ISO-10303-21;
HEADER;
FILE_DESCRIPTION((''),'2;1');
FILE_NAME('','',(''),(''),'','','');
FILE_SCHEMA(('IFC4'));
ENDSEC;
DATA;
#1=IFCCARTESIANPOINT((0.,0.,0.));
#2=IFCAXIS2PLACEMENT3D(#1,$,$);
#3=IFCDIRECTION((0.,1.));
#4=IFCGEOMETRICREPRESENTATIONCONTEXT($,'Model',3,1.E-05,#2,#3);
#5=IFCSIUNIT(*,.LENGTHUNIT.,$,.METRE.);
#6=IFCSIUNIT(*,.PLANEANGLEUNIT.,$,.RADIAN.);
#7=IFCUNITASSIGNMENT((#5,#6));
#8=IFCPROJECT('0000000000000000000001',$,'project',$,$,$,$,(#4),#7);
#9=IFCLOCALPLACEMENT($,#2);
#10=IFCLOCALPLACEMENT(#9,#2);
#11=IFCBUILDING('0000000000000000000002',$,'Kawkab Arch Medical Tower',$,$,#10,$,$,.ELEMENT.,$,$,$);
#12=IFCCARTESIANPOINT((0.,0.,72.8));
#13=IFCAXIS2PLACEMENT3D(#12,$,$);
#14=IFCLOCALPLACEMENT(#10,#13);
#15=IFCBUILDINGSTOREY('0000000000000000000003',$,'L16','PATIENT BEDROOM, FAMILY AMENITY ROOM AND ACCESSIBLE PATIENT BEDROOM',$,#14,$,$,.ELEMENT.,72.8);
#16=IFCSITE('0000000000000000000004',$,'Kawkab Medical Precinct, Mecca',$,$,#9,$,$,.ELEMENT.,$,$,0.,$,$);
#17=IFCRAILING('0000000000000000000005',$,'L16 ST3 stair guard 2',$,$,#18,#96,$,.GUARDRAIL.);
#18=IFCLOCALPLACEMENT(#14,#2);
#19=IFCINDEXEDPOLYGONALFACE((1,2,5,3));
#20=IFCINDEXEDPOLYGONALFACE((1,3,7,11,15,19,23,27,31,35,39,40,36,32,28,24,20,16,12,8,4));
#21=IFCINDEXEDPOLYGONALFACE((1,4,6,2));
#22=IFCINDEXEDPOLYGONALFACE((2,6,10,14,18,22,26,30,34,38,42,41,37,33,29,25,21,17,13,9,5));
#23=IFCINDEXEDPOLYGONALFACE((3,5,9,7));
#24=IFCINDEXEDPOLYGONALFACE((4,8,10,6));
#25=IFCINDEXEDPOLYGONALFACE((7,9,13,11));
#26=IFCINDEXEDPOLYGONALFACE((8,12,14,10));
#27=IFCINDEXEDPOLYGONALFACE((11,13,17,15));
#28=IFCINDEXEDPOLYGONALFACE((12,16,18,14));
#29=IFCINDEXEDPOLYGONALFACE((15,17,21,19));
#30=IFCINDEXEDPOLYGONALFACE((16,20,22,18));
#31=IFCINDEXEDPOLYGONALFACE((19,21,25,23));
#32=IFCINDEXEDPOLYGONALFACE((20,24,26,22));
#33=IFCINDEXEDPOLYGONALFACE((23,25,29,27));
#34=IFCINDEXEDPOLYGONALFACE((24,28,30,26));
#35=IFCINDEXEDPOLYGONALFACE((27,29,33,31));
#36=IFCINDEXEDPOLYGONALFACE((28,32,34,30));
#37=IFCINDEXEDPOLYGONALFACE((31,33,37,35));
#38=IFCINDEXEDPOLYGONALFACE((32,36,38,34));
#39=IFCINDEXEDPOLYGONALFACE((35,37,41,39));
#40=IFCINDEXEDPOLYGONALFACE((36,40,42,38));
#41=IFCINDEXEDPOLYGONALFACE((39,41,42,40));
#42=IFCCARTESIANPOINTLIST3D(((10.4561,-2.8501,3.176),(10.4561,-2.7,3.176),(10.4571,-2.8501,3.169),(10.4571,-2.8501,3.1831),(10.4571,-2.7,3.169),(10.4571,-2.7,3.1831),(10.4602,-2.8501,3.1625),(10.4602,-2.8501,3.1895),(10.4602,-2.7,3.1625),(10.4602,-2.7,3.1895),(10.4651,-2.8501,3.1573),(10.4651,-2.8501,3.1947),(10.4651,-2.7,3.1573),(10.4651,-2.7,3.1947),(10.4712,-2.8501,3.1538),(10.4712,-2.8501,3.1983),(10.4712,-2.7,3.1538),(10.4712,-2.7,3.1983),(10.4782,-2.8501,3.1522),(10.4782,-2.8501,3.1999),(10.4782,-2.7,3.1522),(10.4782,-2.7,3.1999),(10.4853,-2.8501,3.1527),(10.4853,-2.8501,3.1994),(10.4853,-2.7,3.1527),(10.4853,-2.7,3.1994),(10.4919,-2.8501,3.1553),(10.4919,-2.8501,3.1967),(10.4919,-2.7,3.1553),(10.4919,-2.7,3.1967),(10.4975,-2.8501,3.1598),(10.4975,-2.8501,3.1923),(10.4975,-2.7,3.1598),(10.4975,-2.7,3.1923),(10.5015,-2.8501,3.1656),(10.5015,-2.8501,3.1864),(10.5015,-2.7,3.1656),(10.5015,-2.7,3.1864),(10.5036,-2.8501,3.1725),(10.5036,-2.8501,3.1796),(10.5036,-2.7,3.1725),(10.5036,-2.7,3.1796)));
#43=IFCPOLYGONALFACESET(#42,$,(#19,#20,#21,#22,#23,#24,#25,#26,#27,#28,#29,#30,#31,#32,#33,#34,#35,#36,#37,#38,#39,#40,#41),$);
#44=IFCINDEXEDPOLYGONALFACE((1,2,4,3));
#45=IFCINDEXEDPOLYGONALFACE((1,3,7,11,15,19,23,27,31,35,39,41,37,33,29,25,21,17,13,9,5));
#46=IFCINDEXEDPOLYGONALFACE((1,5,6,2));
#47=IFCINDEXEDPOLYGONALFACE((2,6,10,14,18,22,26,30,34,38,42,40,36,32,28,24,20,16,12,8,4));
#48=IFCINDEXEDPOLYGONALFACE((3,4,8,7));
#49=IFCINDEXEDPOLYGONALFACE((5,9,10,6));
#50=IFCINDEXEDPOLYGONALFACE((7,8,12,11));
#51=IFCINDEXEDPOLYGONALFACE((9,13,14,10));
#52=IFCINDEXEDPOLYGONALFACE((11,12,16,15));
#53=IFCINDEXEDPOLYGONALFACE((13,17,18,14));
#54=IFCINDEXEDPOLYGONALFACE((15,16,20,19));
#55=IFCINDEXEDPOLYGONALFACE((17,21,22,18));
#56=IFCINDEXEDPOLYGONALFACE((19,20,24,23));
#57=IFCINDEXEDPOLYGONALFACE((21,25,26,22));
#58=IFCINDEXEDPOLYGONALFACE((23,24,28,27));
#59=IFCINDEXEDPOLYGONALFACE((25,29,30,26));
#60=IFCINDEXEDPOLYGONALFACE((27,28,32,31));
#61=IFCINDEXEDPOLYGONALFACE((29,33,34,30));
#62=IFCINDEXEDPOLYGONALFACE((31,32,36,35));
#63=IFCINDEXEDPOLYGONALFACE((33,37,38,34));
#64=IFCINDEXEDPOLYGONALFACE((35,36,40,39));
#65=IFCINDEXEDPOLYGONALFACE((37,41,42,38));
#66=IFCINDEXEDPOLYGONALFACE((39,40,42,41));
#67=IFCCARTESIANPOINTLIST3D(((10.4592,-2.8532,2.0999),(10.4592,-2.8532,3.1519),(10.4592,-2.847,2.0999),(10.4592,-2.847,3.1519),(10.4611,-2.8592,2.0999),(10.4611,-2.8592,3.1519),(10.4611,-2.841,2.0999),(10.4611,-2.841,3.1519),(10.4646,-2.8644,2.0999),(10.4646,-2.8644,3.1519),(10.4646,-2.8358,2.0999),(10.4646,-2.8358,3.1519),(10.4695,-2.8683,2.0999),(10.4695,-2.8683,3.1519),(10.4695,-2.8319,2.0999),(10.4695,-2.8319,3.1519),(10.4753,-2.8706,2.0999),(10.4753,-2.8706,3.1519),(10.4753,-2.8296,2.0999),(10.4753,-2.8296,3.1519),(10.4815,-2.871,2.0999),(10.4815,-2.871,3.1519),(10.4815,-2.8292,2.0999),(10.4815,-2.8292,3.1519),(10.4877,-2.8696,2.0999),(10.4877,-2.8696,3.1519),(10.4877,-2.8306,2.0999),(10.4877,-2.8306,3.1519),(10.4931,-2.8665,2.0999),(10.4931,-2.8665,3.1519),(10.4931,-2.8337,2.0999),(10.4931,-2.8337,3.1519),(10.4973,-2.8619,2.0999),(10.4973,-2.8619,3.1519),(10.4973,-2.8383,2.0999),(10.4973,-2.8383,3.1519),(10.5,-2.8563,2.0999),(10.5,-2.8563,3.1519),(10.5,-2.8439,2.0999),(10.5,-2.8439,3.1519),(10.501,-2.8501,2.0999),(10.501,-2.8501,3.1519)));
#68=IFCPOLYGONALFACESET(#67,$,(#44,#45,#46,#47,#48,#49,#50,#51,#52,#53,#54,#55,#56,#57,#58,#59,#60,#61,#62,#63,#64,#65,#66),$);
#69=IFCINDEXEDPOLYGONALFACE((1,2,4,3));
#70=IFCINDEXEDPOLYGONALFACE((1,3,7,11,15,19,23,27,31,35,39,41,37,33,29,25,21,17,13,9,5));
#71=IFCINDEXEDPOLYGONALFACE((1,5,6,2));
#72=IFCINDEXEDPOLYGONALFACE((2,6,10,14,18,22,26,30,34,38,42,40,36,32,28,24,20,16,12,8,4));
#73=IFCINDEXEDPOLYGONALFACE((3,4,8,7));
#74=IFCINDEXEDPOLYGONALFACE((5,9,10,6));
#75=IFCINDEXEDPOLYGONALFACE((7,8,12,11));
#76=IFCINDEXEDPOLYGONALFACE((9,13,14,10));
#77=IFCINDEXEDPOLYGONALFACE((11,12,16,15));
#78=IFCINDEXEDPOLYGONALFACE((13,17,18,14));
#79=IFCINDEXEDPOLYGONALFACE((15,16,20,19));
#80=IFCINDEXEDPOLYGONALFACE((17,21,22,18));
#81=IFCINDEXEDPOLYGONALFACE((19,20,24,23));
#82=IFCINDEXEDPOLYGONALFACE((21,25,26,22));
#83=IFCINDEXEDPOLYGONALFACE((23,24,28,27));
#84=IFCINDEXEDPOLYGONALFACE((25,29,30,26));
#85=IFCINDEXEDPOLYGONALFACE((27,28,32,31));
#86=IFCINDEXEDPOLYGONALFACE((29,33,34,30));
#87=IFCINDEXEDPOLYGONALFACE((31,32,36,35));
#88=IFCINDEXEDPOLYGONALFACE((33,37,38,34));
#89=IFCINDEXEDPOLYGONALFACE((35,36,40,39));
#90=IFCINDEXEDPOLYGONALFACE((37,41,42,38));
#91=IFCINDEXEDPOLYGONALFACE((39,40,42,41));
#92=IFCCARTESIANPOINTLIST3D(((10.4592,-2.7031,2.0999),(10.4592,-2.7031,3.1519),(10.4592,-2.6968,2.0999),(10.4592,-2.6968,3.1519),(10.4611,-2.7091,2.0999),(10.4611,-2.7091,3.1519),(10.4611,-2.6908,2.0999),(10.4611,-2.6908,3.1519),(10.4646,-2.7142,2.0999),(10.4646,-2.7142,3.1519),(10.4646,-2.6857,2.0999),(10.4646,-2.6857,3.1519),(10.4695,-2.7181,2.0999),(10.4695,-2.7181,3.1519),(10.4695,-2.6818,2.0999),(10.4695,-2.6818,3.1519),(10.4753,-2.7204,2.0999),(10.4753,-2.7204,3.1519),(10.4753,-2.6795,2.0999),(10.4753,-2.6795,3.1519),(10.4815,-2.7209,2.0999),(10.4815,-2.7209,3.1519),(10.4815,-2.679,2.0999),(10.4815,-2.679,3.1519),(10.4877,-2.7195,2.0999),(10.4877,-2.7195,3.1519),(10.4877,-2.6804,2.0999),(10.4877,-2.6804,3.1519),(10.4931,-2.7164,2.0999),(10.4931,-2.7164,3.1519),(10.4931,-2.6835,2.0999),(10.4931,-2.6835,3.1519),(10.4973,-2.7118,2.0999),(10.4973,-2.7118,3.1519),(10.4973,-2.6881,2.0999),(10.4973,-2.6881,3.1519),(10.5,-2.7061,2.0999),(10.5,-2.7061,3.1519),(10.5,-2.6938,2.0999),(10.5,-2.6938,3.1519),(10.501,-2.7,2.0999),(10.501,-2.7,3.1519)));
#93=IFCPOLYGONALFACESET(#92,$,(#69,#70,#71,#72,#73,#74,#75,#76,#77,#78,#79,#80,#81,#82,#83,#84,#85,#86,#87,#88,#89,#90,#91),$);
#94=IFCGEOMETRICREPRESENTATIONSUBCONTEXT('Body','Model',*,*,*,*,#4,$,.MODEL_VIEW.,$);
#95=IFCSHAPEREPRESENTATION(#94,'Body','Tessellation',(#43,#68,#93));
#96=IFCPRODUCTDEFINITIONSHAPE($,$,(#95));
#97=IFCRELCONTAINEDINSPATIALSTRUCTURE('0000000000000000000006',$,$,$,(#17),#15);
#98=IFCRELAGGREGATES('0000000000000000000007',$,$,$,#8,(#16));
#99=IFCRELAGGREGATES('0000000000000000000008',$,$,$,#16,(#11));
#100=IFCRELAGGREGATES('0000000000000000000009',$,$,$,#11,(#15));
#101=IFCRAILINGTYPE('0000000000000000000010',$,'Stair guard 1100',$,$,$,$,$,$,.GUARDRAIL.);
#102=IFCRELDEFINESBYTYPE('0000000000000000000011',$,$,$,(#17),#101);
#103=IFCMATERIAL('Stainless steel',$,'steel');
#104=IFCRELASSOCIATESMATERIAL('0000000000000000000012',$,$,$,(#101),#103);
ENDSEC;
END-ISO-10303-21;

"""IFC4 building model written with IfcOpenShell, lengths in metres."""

from ifc_helpers import new_model, si_unit, direction, frame, origin, origin_2d, place, context, subcontext, project, spatial, circle, extrude, material, type_object, element, save


model = new_model("IFC4")

# Units and contexts
model_context = context("Model", 3, precision=1e-05, world=origin(), true_north=direction((0.0, 1.0)))
body_context = subcontext(model_context, "Body", "Model", "MODEL_VIEW")
ifc_project = project(units=[si_unit("LENGTHUNIT", "METRE"), si_unit("PLANEANGLEUNIT", "RADIAN")], contexts=[model_context])

# Site, building, storey
site_placement = place(None, origin())
site = spatial("IfcSite", under=ifc_project, at=site_placement, Name="Kawkab Medical Precinct, Mecca", CompositionType="ELEMENT", RefElevation=0.0)
building_placement = place(site_placement, origin())
building = spatial("IfcBuilding", under=site, at=building_placement, Name="Kawkab Arch Medical Tower", CompositionType="ELEMENT")
storey_placement = place(building_placement, frame((0.0, 0.0, 72.8)))
storey = spatial("IfcBuildingStorey", under=building, at=storey_placement, Name="L16", Description="PATIENT BEDROOM, FAMILY AMENITY ROOM AND ACCESSIBLE PATIENT BEDROOM", CompositionType="ELEMENT", Elevation=72.8)

# Railing
ifc_material_1 = material(Name="Stainless steel", Category="steel")
railing_type_1 = type_object("IfcRailingType", Name="Stair guard 1100", PredefinedType="GUARDRAIL", material=ifc_material_1)
railing_1_placement = place(storey_placement, frame((10.48, -2.8501, 2.0999)))
element("IfcRailing", 1, at=railing_1_placement, inside=storey, type_object=railing_type_1, Name="L16 ST3 stair guard 2", PredefinedType="GUARDRAIL", context=body_context, shape_type="SweptSolid", body=[
    extrude(circle(Radius=0.0239, at=origin_2d()), frame((0.0, 0.0, 1.0762), z_axis=(0.0, 1.0, 0.0), x_axis=(-1.0, 0.0, 0.0)), (0.0, 0.0, 1.0), 0.1501),
    extrude(circle(Radius=0.021, at=origin_2d()), origin(), (0.0, 0.0, 1.0), 1.052),
    extrude(circle(Radius=0.021, at=origin_2d()), frame((0.0, 0.1501, 0.0)), (0.0, 0.0, 1.0), 1.052),
])

save(model, "model.ifc")
